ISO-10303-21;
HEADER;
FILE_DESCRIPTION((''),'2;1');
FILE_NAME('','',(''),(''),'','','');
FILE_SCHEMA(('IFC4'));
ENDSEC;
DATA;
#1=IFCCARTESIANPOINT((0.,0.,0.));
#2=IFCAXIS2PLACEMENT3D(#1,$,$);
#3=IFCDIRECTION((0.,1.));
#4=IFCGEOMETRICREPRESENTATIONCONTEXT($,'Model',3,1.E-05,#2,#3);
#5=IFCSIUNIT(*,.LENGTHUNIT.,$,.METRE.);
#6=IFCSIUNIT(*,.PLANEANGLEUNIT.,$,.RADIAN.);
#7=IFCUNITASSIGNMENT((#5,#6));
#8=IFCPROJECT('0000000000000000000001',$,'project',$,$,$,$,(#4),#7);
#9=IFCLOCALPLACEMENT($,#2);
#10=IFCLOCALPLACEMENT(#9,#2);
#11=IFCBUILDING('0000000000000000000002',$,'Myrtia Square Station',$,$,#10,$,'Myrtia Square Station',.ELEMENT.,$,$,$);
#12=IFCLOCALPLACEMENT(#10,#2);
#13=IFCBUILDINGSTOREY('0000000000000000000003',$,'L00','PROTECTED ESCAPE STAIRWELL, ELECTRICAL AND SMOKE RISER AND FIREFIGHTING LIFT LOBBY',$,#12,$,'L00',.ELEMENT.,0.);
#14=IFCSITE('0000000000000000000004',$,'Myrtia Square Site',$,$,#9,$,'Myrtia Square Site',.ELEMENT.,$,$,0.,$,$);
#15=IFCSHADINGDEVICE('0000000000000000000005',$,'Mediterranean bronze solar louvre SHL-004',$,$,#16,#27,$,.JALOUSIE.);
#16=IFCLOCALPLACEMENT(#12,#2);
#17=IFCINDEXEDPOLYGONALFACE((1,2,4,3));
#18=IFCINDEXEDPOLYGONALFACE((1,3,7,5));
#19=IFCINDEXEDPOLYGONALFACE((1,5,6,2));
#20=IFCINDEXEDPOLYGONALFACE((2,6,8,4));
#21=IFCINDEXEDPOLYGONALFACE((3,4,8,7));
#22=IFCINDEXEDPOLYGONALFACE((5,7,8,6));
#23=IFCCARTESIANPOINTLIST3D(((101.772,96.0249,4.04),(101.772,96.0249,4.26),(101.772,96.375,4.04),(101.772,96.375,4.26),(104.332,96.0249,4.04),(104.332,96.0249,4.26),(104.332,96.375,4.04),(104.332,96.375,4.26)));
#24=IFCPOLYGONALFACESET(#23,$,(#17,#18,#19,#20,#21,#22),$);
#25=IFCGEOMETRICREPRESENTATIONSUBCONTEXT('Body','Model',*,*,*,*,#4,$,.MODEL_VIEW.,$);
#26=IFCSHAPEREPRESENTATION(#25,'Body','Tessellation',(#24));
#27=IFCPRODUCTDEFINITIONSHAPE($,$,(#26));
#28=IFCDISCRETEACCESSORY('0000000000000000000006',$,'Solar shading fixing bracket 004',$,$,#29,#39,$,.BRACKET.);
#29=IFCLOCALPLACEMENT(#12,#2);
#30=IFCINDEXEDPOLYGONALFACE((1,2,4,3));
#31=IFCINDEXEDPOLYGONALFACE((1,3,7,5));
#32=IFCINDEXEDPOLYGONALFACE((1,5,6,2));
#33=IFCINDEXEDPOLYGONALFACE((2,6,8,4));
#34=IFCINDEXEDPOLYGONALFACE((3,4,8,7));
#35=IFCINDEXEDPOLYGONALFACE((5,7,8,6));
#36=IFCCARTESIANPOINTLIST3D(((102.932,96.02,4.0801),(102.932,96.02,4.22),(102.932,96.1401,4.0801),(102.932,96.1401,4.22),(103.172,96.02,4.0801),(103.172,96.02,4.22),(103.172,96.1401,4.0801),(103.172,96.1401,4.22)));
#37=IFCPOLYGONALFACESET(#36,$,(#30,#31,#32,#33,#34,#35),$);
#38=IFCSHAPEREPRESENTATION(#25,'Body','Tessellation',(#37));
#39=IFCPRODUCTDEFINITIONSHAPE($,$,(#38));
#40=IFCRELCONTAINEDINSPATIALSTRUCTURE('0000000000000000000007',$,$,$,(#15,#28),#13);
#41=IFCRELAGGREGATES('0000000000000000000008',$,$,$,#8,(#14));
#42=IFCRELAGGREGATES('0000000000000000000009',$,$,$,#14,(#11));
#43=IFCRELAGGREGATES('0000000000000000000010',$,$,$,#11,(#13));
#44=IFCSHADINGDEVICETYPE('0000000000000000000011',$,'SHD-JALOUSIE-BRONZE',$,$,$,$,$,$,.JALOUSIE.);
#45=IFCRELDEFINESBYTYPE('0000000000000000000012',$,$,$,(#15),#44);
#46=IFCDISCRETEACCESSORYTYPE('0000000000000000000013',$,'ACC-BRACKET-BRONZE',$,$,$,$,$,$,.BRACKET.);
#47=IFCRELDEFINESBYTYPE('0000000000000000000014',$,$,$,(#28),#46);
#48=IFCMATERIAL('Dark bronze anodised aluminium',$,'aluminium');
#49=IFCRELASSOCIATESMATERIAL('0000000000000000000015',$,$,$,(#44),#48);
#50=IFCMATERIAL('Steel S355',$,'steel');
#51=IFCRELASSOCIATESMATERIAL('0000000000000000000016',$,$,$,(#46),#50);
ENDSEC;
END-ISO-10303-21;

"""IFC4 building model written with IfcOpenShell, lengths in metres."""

from ifc_helpers import new_model, si_unit, direction, frame, origin, origin_2d, place, context, subcontext, project, spatial, rectangle, extrude, material, type_object, element, save


model = new_model("IFC4")

# Units and contexts
model_context = context("Model", 3, precision=1e-05, world=origin(), true_north=direction((0.0, 1.0)))
body_context = subcontext(model_context, "Body", "Model", "MODEL_VIEW")
ifc_project = project(units=[si_unit("LENGTHUNIT", "METRE"), si_unit("PLANEANGLEUNIT", "RADIAN")], contexts=[model_context])

# Site, building, storey
site_placement = place(None, origin())
site = spatial("IfcSite", under=ifc_project, at=site_placement, Name="Myrtia Square Site", LongName="Myrtia Square Site", CompositionType="ELEMENT", RefElevation=0.0)
building_placement = place(site_placement, origin())
building = spatial("IfcBuilding", under=site, at=building_placement, Name="Myrtia Square Station", LongName="Myrtia Square Station", CompositionType="ELEMENT")
storey_placement = place(building_placement, origin())
storey = spatial("IfcBuildingStorey", under=building, at=storey_placement, Name="L00", Description="PROTECTED ESCAPE STAIRWELL, ELECTRICAL AND SMOKE RISER AND FIREFIGHTING LIFT LOBBY", LongName="L00", CompositionType="ELEMENT", Elevation=0.0)

# Shared definitions
ifc_material_1 = material(Name="Steel S355", Category="steel")

# Shared definitions
ifc_material_2 = material(Name="Dark bronze anodised aluminium", Category="aluminium")

# Shading device
shading_device_type_1 = type_object("IfcShadingDeviceType", Name="SHD-JALOUSIE-BRONZE", PredefinedType="JALOUSIE", material=ifc_material_2)
shading_device_1_placement = place(storey_placement, frame((103.052, 96.2, 4.04), z_axis=(0.0, 0.0, 1.0), x_axis=(1.0, 0.0, 0.0)))
element("IfcShadingDevice", 1, at=shading_device_1_placement, inside=storey, type_object=shading_device_type_1, Name="Mediterranean bronze solar louvre SHL-004", PredefinedType="JALOUSIE", context=body_context, shape_type="SweptSolid", body=[
    extrude(rectangle(XDim=2.5601, YDim=0.3501, at=origin_2d()), origin(), (0.0, 0.0, 1.0), 0.22),
])

# Discrete accessory
discrete_accessory_type = type_object("IfcDiscreteAccessoryType", Name="ACC-BRACKET-BRONZE", PredefinedType="BRACKET", material=ifc_material_1)
discrete_accessory_placement = place(storey_placement, frame((103.052, 96.0801, 4.0801), z_axis=(0.0, 0.0, 1.0), x_axis=(1.0, 0.0, 0.0)))
element("IfcDiscreteAccessory", 2, at=discrete_accessory_placement, inside=storey, type_object=discrete_accessory_type, Name="Solar shading fixing bracket 004", PredefinedType="BRACKET", context=body_context, shape_type="SweptSolid", body=[
    extrude(rectangle(XDim=0.24, YDim=0.1201, at=origin_2d()), origin(), (0.0, 0.0, 1.0), 0.1399),
])

save(model, "model.ifc")
